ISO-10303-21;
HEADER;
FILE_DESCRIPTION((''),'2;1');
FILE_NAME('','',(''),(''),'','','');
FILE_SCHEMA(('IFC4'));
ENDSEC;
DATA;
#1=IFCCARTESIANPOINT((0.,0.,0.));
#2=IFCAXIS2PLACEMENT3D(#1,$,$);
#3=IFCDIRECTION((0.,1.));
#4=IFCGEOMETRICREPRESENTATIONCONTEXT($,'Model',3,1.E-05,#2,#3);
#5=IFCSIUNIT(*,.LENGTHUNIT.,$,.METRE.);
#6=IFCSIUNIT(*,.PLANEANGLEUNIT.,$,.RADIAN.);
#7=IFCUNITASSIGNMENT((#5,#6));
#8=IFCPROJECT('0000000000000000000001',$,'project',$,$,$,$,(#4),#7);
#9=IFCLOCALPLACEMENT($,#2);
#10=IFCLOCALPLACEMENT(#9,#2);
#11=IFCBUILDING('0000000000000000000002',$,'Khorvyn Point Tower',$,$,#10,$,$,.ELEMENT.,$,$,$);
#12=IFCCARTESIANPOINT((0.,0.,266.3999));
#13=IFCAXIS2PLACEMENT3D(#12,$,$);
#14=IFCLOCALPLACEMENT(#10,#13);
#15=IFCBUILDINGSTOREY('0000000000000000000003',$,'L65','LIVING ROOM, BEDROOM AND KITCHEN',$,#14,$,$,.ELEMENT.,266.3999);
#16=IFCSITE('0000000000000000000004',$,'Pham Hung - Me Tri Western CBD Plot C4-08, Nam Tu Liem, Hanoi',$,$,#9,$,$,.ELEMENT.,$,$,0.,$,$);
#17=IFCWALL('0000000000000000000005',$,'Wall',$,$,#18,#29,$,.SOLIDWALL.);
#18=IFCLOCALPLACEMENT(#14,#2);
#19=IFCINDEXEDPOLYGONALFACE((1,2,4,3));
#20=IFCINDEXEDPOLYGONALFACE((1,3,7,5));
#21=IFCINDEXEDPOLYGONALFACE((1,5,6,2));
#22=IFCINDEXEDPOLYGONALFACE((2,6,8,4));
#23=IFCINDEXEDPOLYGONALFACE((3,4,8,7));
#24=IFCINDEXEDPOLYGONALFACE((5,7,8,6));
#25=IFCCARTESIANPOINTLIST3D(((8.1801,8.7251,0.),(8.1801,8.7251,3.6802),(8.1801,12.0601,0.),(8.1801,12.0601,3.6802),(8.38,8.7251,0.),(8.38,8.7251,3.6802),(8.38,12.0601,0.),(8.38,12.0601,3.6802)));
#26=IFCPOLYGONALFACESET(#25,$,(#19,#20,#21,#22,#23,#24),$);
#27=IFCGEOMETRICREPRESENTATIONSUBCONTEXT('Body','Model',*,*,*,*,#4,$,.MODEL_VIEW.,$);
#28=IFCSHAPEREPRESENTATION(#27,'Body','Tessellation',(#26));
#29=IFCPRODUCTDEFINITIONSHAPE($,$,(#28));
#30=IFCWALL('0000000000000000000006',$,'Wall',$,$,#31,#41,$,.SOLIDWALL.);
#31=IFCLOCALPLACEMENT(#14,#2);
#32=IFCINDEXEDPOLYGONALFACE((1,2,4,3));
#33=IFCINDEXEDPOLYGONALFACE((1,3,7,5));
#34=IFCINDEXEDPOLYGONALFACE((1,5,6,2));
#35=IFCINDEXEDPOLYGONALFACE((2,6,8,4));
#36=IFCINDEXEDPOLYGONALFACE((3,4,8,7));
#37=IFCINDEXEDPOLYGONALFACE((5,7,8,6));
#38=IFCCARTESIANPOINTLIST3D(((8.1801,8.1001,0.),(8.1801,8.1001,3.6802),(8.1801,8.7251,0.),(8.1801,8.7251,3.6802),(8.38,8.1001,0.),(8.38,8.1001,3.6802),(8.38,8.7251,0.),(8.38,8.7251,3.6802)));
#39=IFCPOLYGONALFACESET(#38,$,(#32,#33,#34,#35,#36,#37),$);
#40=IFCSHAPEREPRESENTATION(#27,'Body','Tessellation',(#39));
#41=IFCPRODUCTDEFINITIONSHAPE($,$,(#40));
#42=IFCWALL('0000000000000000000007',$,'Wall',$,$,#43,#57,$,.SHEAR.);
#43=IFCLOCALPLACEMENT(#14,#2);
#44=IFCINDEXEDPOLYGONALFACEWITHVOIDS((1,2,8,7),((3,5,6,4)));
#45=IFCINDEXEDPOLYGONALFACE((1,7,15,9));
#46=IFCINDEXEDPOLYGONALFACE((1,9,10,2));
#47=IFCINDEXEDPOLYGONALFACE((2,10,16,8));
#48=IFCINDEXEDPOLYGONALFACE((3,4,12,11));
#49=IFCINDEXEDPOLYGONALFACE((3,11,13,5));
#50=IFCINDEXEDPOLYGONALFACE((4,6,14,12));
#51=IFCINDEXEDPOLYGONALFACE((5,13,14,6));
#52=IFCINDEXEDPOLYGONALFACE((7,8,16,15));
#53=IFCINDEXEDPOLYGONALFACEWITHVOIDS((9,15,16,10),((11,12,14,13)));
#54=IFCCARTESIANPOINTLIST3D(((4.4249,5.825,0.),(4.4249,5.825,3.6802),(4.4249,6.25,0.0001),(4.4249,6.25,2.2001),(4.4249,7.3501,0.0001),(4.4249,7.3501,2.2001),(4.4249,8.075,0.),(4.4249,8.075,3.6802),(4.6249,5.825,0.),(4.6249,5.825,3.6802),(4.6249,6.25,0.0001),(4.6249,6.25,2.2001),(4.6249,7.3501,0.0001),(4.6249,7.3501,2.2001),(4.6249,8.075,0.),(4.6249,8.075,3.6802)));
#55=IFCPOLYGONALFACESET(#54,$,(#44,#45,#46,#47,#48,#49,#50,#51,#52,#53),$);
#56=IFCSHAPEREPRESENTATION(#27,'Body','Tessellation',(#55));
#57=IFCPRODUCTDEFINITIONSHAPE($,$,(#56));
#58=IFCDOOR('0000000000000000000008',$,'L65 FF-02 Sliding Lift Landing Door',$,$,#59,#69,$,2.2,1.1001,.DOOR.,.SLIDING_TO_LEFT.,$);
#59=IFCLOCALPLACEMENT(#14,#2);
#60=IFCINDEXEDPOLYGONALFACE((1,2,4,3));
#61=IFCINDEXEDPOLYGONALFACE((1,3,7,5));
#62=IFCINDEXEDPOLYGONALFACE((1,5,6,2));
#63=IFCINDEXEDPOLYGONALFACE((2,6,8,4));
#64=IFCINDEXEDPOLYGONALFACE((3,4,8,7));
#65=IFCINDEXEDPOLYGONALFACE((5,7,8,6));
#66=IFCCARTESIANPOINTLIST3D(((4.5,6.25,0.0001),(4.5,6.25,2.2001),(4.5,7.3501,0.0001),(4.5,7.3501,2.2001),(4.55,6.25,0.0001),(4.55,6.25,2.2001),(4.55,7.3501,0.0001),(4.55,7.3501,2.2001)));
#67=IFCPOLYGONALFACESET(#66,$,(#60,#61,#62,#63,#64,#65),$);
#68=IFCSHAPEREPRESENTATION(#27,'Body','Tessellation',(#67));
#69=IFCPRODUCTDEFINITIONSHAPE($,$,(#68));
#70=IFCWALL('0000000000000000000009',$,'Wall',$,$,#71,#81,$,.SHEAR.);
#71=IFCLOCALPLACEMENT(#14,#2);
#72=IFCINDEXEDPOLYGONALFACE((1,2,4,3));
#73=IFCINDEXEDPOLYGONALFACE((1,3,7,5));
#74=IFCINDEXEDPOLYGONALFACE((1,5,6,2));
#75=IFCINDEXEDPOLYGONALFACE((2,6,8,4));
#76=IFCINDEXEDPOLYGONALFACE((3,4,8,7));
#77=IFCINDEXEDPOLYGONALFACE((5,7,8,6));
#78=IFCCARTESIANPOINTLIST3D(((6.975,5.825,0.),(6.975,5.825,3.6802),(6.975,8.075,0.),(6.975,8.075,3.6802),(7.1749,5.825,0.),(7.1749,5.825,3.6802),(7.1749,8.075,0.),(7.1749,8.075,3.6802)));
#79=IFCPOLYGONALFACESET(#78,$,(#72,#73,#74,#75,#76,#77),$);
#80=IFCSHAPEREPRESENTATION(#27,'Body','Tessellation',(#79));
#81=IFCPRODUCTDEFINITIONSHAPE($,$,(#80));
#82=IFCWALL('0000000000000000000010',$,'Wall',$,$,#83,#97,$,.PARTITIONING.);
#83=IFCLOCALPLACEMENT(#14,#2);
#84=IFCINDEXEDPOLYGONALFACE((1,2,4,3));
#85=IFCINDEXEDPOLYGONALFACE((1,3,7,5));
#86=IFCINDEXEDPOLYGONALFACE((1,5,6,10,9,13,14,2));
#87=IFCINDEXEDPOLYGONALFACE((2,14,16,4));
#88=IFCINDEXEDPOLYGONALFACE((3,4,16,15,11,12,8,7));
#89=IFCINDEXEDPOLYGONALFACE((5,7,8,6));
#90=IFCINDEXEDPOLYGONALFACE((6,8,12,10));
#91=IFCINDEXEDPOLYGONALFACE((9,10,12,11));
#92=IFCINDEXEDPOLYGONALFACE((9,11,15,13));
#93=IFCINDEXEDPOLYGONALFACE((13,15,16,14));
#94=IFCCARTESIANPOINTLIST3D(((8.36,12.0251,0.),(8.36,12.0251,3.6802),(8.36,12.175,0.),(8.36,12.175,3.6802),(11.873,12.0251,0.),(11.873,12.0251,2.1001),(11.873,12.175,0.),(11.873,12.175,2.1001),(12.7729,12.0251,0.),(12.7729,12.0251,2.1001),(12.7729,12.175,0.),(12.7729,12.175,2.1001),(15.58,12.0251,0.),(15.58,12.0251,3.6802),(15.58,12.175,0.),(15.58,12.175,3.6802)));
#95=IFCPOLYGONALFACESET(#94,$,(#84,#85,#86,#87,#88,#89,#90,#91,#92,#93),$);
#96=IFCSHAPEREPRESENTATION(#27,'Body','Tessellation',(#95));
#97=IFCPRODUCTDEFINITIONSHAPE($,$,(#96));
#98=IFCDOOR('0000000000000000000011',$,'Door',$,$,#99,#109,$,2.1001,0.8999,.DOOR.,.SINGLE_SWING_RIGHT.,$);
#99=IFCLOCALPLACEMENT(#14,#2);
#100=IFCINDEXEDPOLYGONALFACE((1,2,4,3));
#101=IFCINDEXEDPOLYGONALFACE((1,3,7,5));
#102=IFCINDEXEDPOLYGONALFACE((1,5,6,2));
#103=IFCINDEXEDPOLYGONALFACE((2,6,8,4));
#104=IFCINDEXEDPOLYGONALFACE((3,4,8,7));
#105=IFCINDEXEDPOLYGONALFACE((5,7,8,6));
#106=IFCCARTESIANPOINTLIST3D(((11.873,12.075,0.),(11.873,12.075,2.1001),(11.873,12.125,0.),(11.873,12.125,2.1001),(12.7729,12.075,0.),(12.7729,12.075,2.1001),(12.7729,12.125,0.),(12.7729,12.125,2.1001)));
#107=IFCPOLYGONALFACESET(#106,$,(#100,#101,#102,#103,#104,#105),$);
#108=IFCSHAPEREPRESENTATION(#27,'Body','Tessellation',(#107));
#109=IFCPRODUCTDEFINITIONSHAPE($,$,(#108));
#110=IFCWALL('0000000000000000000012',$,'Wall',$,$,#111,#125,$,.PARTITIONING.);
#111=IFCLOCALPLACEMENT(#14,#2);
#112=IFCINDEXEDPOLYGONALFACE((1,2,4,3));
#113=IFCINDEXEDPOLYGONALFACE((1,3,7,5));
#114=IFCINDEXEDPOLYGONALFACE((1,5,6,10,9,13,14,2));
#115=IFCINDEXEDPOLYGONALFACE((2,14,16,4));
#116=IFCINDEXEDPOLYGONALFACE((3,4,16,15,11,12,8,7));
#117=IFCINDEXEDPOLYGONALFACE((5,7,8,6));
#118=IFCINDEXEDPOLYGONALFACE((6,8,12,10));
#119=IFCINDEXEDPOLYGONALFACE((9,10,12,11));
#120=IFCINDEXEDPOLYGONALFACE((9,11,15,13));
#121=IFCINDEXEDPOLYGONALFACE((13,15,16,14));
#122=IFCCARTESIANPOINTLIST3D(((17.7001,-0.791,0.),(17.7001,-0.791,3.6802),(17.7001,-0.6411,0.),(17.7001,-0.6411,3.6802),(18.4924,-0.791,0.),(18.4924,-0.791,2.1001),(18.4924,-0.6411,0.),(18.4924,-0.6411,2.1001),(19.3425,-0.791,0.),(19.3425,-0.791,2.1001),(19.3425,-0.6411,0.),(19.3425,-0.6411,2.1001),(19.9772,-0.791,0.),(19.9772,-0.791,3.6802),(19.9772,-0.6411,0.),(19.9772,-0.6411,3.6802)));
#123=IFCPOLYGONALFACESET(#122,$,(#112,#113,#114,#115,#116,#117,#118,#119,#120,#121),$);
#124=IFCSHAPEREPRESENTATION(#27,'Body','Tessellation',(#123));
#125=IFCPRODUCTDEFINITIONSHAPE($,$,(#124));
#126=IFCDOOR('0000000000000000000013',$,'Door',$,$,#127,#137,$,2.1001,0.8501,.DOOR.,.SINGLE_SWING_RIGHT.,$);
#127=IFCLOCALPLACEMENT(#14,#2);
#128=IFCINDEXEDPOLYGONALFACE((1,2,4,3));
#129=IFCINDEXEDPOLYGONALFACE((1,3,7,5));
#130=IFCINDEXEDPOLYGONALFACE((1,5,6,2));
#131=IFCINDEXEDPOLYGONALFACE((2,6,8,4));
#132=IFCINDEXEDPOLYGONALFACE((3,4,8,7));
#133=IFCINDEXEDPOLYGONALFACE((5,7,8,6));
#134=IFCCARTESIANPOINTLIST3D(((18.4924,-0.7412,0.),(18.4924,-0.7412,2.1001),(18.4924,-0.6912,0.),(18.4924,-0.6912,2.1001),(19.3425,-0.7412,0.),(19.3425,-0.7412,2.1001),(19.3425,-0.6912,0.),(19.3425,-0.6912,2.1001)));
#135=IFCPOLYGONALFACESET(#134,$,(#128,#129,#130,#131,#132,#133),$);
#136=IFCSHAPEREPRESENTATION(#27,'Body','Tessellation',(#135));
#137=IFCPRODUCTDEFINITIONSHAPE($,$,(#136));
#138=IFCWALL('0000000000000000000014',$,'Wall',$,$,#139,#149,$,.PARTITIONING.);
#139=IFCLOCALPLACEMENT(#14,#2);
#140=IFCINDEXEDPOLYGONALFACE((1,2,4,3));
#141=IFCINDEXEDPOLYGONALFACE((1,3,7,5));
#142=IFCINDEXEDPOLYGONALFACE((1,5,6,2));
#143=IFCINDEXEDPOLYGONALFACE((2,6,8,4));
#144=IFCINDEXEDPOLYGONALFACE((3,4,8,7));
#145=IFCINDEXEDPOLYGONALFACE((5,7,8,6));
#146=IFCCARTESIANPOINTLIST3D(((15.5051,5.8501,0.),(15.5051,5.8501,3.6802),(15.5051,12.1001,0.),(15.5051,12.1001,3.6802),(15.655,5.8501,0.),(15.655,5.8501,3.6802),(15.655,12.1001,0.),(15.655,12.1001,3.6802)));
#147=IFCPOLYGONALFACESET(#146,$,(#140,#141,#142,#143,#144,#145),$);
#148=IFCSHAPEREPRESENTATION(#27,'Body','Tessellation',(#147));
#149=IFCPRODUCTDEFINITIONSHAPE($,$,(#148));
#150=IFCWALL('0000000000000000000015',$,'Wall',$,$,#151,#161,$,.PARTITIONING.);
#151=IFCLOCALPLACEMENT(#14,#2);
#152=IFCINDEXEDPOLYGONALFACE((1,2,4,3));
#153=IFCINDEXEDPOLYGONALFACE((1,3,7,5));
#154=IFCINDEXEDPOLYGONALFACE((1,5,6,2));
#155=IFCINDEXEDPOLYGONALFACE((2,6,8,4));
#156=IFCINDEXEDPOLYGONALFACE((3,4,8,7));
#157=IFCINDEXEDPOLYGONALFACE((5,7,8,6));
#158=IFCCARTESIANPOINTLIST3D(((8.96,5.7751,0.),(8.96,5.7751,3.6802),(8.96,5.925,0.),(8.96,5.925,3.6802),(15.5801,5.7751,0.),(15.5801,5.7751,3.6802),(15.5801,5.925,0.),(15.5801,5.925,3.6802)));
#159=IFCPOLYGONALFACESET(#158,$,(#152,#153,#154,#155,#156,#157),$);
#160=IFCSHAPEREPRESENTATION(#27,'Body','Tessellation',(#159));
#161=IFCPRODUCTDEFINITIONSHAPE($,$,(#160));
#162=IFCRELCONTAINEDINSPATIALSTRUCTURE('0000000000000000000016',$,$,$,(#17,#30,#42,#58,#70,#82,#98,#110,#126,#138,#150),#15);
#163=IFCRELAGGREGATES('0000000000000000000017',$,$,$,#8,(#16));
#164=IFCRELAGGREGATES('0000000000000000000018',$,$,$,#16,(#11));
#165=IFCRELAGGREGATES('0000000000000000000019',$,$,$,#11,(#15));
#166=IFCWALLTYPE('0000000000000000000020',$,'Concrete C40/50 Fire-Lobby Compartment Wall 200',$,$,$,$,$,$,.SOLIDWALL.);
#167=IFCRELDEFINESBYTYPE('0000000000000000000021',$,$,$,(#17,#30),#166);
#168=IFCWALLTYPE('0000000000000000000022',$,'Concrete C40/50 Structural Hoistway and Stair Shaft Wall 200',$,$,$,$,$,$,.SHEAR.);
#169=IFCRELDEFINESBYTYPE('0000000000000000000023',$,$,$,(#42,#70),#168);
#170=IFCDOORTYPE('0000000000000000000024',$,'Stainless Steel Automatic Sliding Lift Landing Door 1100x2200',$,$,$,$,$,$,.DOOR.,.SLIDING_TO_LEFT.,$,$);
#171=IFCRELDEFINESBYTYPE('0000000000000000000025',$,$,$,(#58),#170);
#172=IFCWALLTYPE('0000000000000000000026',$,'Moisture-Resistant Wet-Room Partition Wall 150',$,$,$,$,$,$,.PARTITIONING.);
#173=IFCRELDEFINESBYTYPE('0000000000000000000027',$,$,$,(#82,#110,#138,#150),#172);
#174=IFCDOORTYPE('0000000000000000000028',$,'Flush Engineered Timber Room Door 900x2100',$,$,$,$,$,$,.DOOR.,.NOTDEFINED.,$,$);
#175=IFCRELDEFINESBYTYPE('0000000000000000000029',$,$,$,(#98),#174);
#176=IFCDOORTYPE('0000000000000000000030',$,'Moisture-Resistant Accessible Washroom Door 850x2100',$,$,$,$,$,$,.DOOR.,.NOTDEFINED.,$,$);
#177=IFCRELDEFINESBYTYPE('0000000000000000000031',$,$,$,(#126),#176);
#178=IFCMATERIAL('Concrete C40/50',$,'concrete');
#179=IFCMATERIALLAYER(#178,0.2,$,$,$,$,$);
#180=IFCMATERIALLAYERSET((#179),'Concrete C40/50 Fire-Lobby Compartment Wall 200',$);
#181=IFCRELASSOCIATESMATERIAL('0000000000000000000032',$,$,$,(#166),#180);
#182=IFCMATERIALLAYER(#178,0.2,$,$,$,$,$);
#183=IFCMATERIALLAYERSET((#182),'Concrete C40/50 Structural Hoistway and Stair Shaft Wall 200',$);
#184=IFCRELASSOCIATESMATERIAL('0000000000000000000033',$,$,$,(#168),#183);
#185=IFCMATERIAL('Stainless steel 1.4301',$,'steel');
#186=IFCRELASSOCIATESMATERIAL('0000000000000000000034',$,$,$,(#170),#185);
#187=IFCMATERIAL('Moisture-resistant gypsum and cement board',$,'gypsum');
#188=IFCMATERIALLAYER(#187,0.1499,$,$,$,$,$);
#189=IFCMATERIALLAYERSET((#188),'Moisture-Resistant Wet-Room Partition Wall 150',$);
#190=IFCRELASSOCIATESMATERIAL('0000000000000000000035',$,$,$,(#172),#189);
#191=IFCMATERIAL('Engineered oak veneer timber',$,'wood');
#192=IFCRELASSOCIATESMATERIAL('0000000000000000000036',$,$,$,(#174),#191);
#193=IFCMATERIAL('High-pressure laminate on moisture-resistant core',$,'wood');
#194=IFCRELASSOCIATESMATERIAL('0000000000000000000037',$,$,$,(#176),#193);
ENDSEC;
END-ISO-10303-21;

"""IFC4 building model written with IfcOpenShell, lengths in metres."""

from ifc_helpers import new_model, si_unit, direction, frame, frame_2d, origin, place, context, subcontext, project, spatial, rectangle, extrude, material, layer, layer_set, type_object, element, fill, save


model = new_model("IFC4")

# Units and contexts
model_context = context("Model", 3, precision=1e-05, world=origin(), true_north=direction((0.0, 1.0)))
body_context = subcontext(model_context, "Body", "Model", "MODEL_VIEW")
ifc_project = project(units=[si_unit("LENGTHUNIT", "METRE"), si_unit("PLANEANGLEUNIT", "RADIAN")], contexts=[model_context])

# Site, building, storey
site_placement = place(None, origin())
site = spatial("IfcSite", under=ifc_project, at=site_placement, Name="Pham Hung - Me Tri Western CBD Plot C4-08, Nam Tu Liem, Hanoi", CompositionType="ELEMENT", RefElevation=0.0)
building_placement = place(site_placement, origin())
building = spatial("IfcBuilding", under=site, at=building_placement, Name="Khorvyn Point Tower", CompositionType="ELEMENT")
storey_placement = place(building_placement, frame((0.0, 0.0, 266.3999)))
storey = spatial("IfcBuildingStorey", under=building, at=storey_placement, Name="L65", Description="LIVING ROOM, BEDROOM AND KITCHEN", CompositionType="ELEMENT", Elevation=266.3999)

# Shared definitions
ifc_material_1 = material(Name="Concrete C40/50", Category="concrete")

# Shared definitions
ifc_layer_1 = layer(ifc_material_1, 0.2)
ifc_layer_set_1 = layer_set([ifc_layer_1], Name="Concrete C40/50 Fire-Lobby Compartment Wall 200")
wall_type_1 = type_object("IfcWallType", Name="Concrete C40/50 Fire-Lobby Compartment Wall 200", PredefinedType="SOLIDWALL", material=ifc_layer_set_1)

# Walls
wall_1_placement = place(storey_placement, frame((8.28, 8.7251, 0.0), z_axis=(0.0, 0.0, 1.0), x_axis=(0.0, 1.0, 0.0)))
element("IfcWall", 1, at=wall_1_placement, inside=storey, type_object=wall_type_1, Name="Wall", PredefinedType="SOLIDWALL", context=body_context, shape_type="SweptSolid", body=[
    extrude(rectangle(XDim=3.335, YDim=0.2, at=frame_2d((1.6675, 0.0))), origin(), (0.0, 0.0, 1.0), 3.6802),
])
wall_2_placement = place(storey_placement, frame((8.28, 8.1001, 0.0), z_axis=(0.0, 0.0, 1.0), x_axis=(0.0, 1.0, 0.0)))
element("IfcWall", 2, at=wall_2_placement, inside=storey, type_object=wall_type_1, Name="Wall", PredefinedType="SOLIDWALL", context=body_context, shape_type="SweptSolid", body=[
    extrude(rectangle(XDim=0.625, YDim=0.2, at=frame_2d((0.3125, 0.0))), origin(), (0.0, 0.0, 1.0), 3.6802),
])

# Wall, opening, door
ifc_layer_2 = layer(ifc_material_1, 0.2)
ifc_layer_set_2 = layer_set([ifc_layer_2], Name="Concrete C40/50 Structural Hoistway and Stair Shaft Wall 200")
wall_type_2 = type_object("IfcWallType", Name="Concrete C40/50 Structural Hoistway and Stair Shaft Wall 200", PredefinedType="SHEAR", material=ifc_layer_set_2)
wall_3_placement = place(storey_placement, frame((4.5249, 5.825, 0.0), z_axis=(0.0, 0.0, 1.0), x_axis=(0.0, 1.0, 0.0)))
wall_3 = element("IfcWall", 3, at=wall_3_placement, inside=storey, type_object=wall_type_2, Name="Wall", PredefinedType="SHEAR", context=body_context, shape_type="SweptSolid", body=[
    extrude(rectangle(XDim=2.25, YDim=0.2, at=frame_2d((1.125, 0.0))), origin(), (0.0, 0.0, 1.0), 3.6802),
])
opening_1_placement = place(wall_3_placement, frame((0.425, 0.0, 0.0)))
opening_1 = element("IfcOpeningElement", 4, at=opening_1_placement, cuts=wall_3, PredefinedType="OPENING", context=body_context, shape_type="SweptSolid", body=[
    extrude(rectangle(XDim=1.1001, YDim=2.2, at=frame_2d((0.55, 1.1001))), frame((0.0, 0.1099, 0.0), z_axis=(0.0, -1.0, 0.0), x_axis=(1.0, 0.0, 0.0)), (0.0, 0.0, 1.0), 0.22),
])
ifc_material_2 = material(Name="Stainless steel 1.4301", Category="steel")
door_type_1 = type_object("IfcDoorType", Name="Stainless Steel Automatic Sliding Lift Landing Door 1100x2200", OperationType="SLIDING_TO_LEFT", PredefinedType="DOOR", material=ifc_material_2)
door_1_placement = place(opening_1_placement, origin())
door_1 = element("IfcDoor", 5, at=door_1_placement, inside=storey, type_object=door_type_1, Name="L65 FF-02 Sliding Lift Landing Door", OperationType="SLIDING_TO_LEFT", OverallHeight=2.2, OverallWidth=1.1001, PredefinedType="DOOR", context=body_context, shape_type="SweptSolid", body=[
    extrude(rectangle(XDim=1.1001, YDim=2.2, at=frame_2d((0.55, 1.1001))), frame((0.0, 0.0249, 0.0), z_axis=(0.0, -1.0, 0.0), x_axis=(1.0, 0.0, 0.0)), (0.0, 0.0, 1.0), 0.05),
])
fill(opening_1, door_1)

# Wall
wall_4_placement = place(storey_placement, frame((7.075, 5.825, 0.0), z_axis=(0.0, 0.0, 1.0), x_axis=(0.0, 1.0, 0.0)))
element("IfcWall", 6, at=wall_4_placement, inside=storey, type_object=wall_type_2, Name="Wall", PredefinedType="SHEAR", context=body_context, shape_type="SweptSolid", body=[
    extrude(rectangle(XDim=2.25, YDim=0.2, at=frame_2d((1.125, 0.0))), origin(), (0.0, 0.0, 1.0), 3.6802),
])

# Walls, openings, doors
ifc_material_3 = material(Name="Moisture-resistant gypsum and cement board", Category="gypsum")
ifc_layer_3 = layer(ifc_material_3, 0.1499)
ifc_layer_set_3 = layer_set([ifc_layer_3], Name="Moisture-Resistant Wet-Room Partition Wall 150")
wall_type_3 = type_object("IfcWallType", Name="Moisture-Resistant Wet-Room Partition Wall 150", PredefinedType="PARTITIONING", material=ifc_layer_set_3)
wall_5_placement = place(storey_placement, frame((8.3601, 12.1001, 0.0), z_axis=(0.0, 0.0, 1.0), x_axis=(1.0, 0.0, 0.0)))
wall_5 = element("IfcWall", 7, at=wall_5_placement, inside=storey, type_object=wall_type_3, Name="Wall", PredefinedType="PARTITIONING", context=body_context, shape_type="SweptSolid", body=[
    extrude(rectangle(XDim=7.22, YDim=0.1499, at=frame_2d((3.6099, 0.0))), origin(), (0.0, 0.0, 1.0), 3.6802),
])
opening_2_placement = place(wall_5_placement, frame((3.5129, 0.0, 0.0)))
opening_2 = element("IfcOpeningElement", 8, at=opening_2_placement, cuts=wall_5, PredefinedType="OPENING", context=body_context, shape_type="SweptSolid", body=[
    extrude(rectangle(XDim=0.8999, YDim=2.1001, at=frame_2d((0.45, 1.05))), frame((0.0, 0.085, 0.0), z_axis=(0.0, -1.0, 0.0), x_axis=(1.0, 0.0, 0.0)), (0.0, 0.0, 1.0), 0.1699),
])
ifc_material_4 = material(Name="Engineered oak veneer timber", Category="wood")
door_type_2 = type_object("IfcDoorType", Name="Flush Engineered Timber Room Door 900x2100", OperationType="NOTDEFINED", PredefinedType="DOOR", material=ifc_material_4)
door_2_placement = place(opening_2_placement, origin())
door_2 = element("IfcDoor", 9, at=door_2_placement, inside=storey, type_object=door_type_2, Name="Door", OperationType="SINGLE_SWING_RIGHT", OverallHeight=2.1001, OverallWidth=0.8999, PredefinedType="DOOR", context=body_context, shape_type="SweptSolid", body=[
    extrude(rectangle(XDim=0.8999, YDim=2.1001, at=frame_2d((0.45, 1.05))), frame((0.0, 0.0249, 0.0), z_axis=(0.0, -1.0, 0.0), x_axis=(1.0, 0.0, 0.0)), (0.0, 0.0, 1.0), 0.05),
])
fill(opening_2, door_2)
wall_6_placement = place(storey_placement, frame((17.7, -0.7161, 0.0), z_axis=(0.0, 0.0, 1.0), x_axis=(1.0, 0.0, 0.0)))
wall_6 = element("IfcWall", 10, at=wall_6_placement, inside=storey, type_object=wall_type_3, Name="Wall", PredefinedType="PARTITIONING", context=body_context, shape_type="SweptSolid", body=[
    extrude(rectangle(XDim=2.2771, YDim=0.1499, at=frame_2d((1.1387, 0.0))), origin(), (0.0, 0.0, 1.0), 3.6802),
])
opening_3_placement = place(wall_6_placement, frame((0.7925, 0.0, 0.0)))
opening_3 = element("IfcOpeningElement", 11, at=opening_3_placement, cuts=wall_6, PredefinedType="OPENING", context=body_context, shape_type="SweptSolid", body=[
    extrude(rectangle(XDim=0.8501, YDim=2.1001, at=frame_2d((0.425, 1.05))), frame((0.0, 0.085, 0.0), z_axis=(0.0, -1.0, 0.0), x_axis=(1.0, 0.0, 0.0)), (0.0, 0.0, 1.0), 0.1699),
])
ifc_material_5 = material(Name="High-pressure laminate on moisture-resistant core", Category="wood")
door_type_3 = type_object("IfcDoorType", Name="Moisture-Resistant Accessible Washroom Door 850x2100", OperationType="NOTDEFINED", PredefinedType="DOOR", material=ifc_material_5)
door_3_placement = place(opening_3_placement, origin())
door_3 = element("IfcDoor", 12, at=door_3_placement, inside=storey, type_object=door_type_3, Name="Door", OperationType="SINGLE_SWING_RIGHT", OverallHeight=2.1001, OverallWidth=0.8501, PredefinedType="DOOR", context=body_context, shape_type="SweptSolid", body=[
    extrude(rectangle(XDim=0.8501, YDim=2.1001, at=frame_2d((0.425, 1.05))), frame((0.0, 0.0249, 0.0), z_axis=(0.0, -1.0, 0.0), x_axis=(1.0, 0.0, 0.0)), (0.0, 0.0, 1.0), 0.05),
])
fill(opening_3, door_3)

# Walls
wall_7_placement = place(storey_placement, frame((15.5801, 5.8501, 0.0), z_axis=(0.0, 0.0, 1.0), x_axis=(0.0, 1.0, 0.0)))
element("IfcWall", 13, at=wall_7_placement, inside=storey, type_object=wall_type_3, Name="Wall", PredefinedType="PARTITIONING", context=body_context, shape_type="SweptSolid", body=[
    extrude(rectangle(XDim=6.25, YDim=0.1499, at=frame_2d((3.125, 0.0))), origin(), (0.0, 0.0, 1.0), 3.6802),
])
wall_8_placement = place(storey_placement, frame((8.96, 5.8501, 0.0), z_axis=(0.0, 0.0, 1.0), x_axis=(1.0, 0.0, 0.0)))
element("IfcWall", 14, at=wall_8_placement, inside=storey, type_object=wall_type_3, Name="Wall", PredefinedType="PARTITIONING", context=body_context, shape_type="SweptSolid", body=[
    extrude(rectangle(XDim=6.6201, YDim=0.1499, at=frame_2d((3.3101, 0.0))), origin(), (0.0, 0.0, 1.0), 3.6802),
])

save(model, "model.ifc")
